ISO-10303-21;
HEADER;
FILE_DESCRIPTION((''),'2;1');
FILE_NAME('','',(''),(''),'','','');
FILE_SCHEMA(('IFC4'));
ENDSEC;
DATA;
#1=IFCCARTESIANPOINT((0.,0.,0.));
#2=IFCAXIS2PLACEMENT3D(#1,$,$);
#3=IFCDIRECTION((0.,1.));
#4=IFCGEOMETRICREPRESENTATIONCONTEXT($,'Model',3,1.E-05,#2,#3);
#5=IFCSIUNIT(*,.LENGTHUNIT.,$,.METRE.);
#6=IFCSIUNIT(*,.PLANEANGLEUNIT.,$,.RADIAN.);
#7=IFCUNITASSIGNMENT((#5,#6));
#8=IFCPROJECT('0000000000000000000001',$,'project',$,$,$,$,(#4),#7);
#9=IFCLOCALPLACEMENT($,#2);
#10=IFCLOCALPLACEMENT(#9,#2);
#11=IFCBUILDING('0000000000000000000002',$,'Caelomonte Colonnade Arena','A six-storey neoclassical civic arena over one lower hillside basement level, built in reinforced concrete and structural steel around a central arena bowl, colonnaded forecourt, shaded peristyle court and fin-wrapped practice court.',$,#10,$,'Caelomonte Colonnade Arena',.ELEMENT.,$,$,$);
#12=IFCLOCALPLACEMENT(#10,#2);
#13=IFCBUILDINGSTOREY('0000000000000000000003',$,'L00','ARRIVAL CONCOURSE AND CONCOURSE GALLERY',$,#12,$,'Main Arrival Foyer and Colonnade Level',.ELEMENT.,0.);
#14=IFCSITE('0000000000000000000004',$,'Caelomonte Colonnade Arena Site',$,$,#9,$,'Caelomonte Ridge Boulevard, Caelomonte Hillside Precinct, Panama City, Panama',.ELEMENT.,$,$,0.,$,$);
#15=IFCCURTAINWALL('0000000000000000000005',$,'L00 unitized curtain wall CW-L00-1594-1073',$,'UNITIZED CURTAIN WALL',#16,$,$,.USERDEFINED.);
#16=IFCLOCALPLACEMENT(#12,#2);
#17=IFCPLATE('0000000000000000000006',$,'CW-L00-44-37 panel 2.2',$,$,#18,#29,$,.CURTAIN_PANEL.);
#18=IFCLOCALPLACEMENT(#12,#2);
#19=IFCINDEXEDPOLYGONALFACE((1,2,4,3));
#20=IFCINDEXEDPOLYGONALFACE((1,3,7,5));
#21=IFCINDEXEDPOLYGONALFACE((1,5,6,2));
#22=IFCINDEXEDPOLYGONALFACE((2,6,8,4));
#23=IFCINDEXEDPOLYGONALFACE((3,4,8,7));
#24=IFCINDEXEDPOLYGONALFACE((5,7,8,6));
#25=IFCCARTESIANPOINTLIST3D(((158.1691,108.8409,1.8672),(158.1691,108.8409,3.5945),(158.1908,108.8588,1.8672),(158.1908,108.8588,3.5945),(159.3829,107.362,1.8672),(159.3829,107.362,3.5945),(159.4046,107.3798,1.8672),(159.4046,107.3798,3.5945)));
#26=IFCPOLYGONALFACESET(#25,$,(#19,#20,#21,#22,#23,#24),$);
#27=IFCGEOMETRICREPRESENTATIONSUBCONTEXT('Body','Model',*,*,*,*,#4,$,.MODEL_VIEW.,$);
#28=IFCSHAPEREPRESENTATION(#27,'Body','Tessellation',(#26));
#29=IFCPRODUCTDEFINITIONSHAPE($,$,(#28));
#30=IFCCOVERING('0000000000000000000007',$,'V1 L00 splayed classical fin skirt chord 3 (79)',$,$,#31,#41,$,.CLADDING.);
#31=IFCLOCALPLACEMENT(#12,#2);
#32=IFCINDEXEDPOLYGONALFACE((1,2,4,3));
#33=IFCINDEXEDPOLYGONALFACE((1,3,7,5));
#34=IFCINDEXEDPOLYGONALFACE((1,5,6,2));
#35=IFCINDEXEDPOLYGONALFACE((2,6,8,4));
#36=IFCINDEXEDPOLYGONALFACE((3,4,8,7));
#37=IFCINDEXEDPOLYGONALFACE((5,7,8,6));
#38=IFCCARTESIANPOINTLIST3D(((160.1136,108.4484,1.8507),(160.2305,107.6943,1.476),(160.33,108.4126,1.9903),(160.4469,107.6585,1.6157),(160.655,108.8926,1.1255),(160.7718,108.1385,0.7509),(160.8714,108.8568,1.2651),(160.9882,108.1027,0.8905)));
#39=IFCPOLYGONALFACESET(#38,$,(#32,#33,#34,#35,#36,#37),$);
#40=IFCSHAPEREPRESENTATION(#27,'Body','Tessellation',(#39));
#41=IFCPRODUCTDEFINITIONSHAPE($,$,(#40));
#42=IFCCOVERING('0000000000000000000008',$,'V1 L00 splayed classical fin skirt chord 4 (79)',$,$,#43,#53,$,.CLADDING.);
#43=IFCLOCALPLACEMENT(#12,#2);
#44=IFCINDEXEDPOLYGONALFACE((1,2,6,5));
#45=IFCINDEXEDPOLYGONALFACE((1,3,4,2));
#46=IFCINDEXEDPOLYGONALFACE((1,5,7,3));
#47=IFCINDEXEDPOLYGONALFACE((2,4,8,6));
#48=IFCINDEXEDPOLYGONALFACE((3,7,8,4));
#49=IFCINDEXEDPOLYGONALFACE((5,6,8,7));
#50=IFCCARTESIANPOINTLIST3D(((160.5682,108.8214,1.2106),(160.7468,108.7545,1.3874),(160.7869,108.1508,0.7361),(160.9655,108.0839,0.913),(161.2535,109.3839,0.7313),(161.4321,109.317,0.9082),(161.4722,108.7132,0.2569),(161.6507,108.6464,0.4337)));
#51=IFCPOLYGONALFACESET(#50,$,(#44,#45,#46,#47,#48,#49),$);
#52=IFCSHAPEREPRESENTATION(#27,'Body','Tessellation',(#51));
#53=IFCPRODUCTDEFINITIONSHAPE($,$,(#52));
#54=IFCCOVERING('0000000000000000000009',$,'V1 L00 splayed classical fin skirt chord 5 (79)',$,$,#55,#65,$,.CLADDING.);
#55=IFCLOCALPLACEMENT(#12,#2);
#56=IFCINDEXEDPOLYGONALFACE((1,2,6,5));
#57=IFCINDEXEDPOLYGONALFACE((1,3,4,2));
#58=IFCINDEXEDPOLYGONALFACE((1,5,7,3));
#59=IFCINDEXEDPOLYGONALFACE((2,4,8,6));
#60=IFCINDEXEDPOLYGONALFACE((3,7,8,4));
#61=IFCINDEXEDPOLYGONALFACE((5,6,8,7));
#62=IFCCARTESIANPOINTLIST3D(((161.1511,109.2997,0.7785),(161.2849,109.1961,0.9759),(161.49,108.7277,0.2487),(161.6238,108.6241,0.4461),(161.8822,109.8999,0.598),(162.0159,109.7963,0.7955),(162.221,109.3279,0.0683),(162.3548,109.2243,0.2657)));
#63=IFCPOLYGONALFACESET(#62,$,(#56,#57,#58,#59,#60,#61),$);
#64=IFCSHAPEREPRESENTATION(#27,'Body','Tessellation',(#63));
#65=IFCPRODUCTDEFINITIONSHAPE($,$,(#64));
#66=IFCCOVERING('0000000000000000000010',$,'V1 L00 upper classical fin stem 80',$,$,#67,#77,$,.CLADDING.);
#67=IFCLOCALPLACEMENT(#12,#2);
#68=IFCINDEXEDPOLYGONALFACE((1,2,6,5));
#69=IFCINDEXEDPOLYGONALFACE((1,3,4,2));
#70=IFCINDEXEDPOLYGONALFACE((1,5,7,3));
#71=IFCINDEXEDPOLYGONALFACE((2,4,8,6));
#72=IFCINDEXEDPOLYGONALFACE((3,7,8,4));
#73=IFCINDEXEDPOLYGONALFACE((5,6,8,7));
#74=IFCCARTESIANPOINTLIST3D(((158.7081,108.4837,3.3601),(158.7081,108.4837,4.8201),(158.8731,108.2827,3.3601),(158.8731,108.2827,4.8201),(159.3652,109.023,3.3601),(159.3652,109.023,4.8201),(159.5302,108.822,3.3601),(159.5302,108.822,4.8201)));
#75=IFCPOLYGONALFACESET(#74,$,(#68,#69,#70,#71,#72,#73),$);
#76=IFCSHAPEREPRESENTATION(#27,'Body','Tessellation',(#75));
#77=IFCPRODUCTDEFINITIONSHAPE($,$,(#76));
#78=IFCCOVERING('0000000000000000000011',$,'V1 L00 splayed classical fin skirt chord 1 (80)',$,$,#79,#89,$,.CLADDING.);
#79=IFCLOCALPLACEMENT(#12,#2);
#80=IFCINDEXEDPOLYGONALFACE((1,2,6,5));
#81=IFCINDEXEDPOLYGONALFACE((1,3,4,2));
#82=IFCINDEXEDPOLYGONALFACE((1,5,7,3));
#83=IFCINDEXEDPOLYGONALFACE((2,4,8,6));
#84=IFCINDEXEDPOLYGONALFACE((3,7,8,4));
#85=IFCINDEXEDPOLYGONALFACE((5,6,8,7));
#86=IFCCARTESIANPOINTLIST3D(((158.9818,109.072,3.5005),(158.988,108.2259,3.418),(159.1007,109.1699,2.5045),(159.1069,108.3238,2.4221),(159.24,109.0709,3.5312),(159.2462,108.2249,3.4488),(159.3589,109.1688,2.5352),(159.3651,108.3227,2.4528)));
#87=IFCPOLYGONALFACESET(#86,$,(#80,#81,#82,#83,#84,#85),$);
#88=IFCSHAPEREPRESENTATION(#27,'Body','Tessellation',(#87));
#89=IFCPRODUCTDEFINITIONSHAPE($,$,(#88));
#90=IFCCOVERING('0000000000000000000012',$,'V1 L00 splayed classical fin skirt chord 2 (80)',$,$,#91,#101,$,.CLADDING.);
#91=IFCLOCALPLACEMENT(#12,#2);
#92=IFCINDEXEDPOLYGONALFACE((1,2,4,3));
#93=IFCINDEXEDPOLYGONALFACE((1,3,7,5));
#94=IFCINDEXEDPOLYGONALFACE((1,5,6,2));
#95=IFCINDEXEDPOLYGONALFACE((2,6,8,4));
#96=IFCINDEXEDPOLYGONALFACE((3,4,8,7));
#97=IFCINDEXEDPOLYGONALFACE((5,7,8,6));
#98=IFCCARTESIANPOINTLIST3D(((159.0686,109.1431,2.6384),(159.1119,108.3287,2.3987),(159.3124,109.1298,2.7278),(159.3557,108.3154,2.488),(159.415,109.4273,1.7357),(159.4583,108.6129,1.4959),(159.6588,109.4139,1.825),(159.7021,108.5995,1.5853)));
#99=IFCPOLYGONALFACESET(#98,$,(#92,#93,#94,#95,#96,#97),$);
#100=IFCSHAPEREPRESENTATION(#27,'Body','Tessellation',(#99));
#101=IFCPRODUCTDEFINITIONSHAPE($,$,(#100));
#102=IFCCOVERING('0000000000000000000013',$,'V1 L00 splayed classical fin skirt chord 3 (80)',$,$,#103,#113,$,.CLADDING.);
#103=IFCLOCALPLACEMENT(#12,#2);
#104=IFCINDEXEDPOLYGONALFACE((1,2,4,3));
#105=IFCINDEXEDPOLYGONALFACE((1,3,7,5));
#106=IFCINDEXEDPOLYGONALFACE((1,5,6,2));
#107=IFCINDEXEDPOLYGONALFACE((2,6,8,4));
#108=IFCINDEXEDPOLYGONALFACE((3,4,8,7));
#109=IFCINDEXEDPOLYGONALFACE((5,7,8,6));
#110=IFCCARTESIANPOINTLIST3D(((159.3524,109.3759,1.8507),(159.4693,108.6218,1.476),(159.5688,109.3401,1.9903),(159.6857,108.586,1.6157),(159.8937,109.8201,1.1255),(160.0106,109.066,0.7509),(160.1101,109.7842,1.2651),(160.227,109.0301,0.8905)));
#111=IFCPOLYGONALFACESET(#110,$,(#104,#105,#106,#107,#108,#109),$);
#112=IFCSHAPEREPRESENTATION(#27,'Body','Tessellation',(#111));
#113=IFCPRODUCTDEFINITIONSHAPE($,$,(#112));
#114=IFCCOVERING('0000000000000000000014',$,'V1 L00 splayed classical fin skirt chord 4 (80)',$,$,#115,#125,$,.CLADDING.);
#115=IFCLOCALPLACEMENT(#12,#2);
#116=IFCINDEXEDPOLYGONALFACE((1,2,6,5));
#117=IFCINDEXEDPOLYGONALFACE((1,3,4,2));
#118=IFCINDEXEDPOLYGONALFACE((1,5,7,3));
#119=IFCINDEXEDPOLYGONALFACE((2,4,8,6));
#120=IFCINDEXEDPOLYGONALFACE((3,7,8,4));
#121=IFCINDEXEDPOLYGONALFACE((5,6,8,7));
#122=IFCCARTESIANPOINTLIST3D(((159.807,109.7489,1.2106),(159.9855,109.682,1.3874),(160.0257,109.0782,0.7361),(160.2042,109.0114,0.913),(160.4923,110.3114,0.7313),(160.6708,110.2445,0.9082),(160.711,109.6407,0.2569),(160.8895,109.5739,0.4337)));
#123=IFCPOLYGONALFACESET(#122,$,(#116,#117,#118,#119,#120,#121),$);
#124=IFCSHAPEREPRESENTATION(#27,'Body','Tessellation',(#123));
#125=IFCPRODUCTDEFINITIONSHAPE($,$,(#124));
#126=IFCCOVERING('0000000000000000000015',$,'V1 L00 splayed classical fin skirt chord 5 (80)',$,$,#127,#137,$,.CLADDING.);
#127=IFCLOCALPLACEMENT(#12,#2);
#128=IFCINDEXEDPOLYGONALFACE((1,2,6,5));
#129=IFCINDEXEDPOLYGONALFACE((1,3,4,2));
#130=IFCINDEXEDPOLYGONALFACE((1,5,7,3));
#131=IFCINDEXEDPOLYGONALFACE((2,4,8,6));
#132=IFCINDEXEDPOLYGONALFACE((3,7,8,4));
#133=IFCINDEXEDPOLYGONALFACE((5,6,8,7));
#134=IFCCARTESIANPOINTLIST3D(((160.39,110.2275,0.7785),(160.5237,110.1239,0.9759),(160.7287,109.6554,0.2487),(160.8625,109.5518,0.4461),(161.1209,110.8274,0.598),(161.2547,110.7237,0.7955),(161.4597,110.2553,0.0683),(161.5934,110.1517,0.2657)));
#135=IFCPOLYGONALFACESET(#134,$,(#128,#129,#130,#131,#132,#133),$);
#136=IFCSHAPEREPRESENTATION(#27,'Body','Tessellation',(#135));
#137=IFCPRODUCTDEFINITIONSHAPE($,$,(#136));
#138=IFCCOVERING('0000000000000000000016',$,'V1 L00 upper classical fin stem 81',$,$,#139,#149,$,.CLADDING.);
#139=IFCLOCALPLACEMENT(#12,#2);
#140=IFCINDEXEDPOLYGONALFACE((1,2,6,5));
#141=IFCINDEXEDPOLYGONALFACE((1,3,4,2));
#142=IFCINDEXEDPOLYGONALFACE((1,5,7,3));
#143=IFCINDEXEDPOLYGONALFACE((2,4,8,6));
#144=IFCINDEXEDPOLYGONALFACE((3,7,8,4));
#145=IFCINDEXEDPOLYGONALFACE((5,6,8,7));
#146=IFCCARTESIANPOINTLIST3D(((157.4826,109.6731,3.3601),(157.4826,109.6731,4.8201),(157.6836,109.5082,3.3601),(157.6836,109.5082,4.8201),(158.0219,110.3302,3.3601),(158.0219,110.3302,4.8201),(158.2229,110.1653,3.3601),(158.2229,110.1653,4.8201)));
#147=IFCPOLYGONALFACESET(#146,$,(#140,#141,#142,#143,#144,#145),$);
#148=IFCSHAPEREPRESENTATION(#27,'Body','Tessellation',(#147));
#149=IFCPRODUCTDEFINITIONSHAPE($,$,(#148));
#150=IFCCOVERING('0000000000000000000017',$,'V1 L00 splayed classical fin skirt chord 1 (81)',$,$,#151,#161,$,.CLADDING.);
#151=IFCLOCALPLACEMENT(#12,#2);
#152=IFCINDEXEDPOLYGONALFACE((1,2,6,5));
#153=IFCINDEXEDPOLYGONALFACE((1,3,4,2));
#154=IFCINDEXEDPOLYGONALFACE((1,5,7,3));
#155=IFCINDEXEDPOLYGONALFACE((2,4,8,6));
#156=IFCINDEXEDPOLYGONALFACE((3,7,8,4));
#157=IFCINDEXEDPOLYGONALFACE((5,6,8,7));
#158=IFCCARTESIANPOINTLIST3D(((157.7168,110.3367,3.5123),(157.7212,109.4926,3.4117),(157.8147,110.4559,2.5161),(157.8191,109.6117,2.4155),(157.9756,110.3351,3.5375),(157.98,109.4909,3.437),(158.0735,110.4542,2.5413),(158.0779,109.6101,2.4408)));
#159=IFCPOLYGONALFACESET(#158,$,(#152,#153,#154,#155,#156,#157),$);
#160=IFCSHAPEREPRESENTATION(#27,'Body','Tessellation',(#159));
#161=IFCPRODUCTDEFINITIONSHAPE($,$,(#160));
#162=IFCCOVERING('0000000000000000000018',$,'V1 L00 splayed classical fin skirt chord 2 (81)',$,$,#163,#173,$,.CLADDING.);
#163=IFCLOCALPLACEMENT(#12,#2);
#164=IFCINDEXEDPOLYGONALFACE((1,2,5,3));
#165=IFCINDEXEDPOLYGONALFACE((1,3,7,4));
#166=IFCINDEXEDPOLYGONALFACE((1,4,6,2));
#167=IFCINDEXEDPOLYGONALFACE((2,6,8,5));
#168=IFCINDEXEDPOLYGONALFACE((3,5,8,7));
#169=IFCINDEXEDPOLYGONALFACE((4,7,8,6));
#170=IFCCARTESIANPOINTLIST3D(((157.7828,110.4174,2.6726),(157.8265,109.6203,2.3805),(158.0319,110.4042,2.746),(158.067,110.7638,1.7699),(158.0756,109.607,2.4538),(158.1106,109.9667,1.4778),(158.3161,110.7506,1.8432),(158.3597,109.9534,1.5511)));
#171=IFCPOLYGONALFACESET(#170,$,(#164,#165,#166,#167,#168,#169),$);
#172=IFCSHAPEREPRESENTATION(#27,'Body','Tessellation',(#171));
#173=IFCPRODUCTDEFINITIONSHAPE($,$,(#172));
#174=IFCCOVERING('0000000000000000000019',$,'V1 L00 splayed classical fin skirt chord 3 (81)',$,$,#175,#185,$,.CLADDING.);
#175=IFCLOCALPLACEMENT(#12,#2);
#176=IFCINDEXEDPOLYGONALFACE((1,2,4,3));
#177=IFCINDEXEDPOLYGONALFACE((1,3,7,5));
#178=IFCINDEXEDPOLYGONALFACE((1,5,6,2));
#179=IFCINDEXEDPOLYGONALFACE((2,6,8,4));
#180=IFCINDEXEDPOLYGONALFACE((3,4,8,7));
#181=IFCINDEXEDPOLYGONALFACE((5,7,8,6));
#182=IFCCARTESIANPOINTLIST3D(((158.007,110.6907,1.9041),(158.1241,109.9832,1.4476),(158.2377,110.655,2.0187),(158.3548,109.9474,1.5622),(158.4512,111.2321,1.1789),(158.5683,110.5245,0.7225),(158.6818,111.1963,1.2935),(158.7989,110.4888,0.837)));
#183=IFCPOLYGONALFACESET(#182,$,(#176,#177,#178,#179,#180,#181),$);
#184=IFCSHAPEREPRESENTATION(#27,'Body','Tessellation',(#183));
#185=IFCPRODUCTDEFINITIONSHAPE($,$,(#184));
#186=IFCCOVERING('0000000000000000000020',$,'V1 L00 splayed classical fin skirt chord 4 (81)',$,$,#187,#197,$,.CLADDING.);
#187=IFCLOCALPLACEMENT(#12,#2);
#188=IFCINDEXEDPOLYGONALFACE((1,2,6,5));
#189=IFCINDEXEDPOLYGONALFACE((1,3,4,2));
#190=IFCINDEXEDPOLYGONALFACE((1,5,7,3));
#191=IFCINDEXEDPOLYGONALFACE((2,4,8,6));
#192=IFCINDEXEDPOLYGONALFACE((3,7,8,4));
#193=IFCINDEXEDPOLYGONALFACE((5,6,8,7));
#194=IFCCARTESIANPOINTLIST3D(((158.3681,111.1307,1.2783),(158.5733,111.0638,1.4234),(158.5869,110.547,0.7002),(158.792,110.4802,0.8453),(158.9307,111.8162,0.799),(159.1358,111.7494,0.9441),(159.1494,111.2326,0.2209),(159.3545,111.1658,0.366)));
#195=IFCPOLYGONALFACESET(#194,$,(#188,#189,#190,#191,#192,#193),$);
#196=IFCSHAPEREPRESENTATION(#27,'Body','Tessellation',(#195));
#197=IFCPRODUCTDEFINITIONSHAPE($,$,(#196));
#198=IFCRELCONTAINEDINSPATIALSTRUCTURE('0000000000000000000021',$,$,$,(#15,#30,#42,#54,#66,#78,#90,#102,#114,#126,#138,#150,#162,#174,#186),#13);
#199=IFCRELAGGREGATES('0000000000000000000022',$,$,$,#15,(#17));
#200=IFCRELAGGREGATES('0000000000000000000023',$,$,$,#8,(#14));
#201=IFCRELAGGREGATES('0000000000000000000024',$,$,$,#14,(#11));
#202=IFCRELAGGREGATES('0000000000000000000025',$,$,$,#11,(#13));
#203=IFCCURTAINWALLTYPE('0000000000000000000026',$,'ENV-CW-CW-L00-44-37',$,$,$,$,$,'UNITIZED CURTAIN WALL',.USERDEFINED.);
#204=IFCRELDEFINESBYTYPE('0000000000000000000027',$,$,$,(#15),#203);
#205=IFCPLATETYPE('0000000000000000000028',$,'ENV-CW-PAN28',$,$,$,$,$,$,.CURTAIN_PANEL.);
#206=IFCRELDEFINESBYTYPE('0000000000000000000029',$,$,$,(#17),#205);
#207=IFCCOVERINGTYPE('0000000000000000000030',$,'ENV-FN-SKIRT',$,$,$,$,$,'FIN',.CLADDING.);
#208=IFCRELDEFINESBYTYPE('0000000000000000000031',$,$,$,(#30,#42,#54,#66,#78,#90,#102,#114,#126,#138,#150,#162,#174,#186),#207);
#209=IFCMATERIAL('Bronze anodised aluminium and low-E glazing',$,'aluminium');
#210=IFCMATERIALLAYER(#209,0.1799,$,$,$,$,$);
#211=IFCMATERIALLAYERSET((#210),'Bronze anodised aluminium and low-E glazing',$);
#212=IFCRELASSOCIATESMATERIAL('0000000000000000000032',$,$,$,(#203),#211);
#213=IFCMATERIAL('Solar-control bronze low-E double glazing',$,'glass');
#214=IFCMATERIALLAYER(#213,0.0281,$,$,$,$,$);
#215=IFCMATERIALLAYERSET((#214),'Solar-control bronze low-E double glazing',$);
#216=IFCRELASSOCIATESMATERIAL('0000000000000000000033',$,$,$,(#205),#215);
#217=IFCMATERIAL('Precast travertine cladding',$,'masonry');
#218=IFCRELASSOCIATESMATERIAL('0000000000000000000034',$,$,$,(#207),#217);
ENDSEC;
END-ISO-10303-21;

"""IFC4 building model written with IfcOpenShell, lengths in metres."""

from ifc_helpers import new_model, si_unit, direction, frame, origin, origin_2d, place, context, subcontext, project, spatial, rectangle, extrude, material, layer, layer_set, material_profile, profile_set, type_object, element, aggregate, save


model = new_model("IFC4")

# Units and contexts
model_context = context("Model", 3, precision=1e-05, world=origin(), true_north=direction((0.0, 1.0)))
body_context = subcontext(model_context, "Body", "Model", "MODEL_VIEW")
ifc_project = project(units=[si_unit("LENGTHUNIT", "METRE"), si_unit("PLANEANGLEUNIT", "RADIAN")], contexts=[model_context])

# Site, building, storey
site_placement = place(None, origin())
site = spatial("IfcSite", under=ifc_project, at=site_placement, Name="Caelomonte Colonnade Arena Site", LongName="Caelomonte Ridge Boulevard, Caelomonte Hillside Precinct, Panama City, Panama", CompositionType="ELEMENT", RefElevation=0.0)
building_placement = place(site_placement, origin())
building = spatial("IfcBuilding", under=site, at=building_placement, Name="Caelomonte Colonnade Arena", Description="A six-storey neoclassical civic arena over one lower hillside basement level, built in reinforced concrete and structural steel around a central arena bowl, colonnaded forecourt, shaded peristyle court and fin-wrapped practice court.", LongName="Caelomonte Colonnade Arena", CompositionType="ELEMENT")
storey_placement = place(building_placement, origin())
storey = spatial("IfcBuildingStorey", under=building, at=storey_placement, Name="L00", Description="ARRIVAL CONCOURSE AND CONCOURSE GALLERY", LongName="Main Arrival Foyer and Colonnade Level", CompositionType="ELEMENT", Elevation=0.0)

# Curtain wall
ifc_material_1 = material(Name="Bronze anodised aluminium and low-E glazing", Category="aluminium")
ifc_layer_1 = layer(ifc_material_1, 0.1799)
ifc_layer_set_1 = layer_set([ifc_layer_1], Name="Bronze anodised aluminium and low-E glazing")
curtain_wall_type_1 = type_object("IfcCurtainWallType", Name="ENV-CW-CW-L00-44-37", ElementType="UNITIZED CURTAIN WALL", PredefinedType="USERDEFINED", material=ifc_layer_set_1)
curtain_wall_1_placement = place(storey_placement, origin())
curtain_wall_1 = element("IfcCurtainWall", 1, at=curtain_wall_1_placement, inside=storey, type_object=curtain_wall_type_1, Name="L00 unitized curtain wall CW-L00-1594-1073", ObjectType="UNITIZED CURTAIN WALL", PredefinedType="USERDEFINED")

# Plate
ifc_material_2 = material(Name="Solar-control bronze low-E double glazing", Category="glass")
ifc_layer_2 = layer(ifc_material_2, 0.0281)
ifc_layer_set_2 = layer_set([ifc_layer_2], Name="Solar-control bronze low-E double glazing")
plate_type = type_object("IfcPlateType", Name="ENV-CW-PAN28", PredefinedType="CURTAIN_PANEL", material=ifc_layer_set_2)
plate_1_placement = place(storey_placement, frame((158.7869, 108.1104, 1.8672), z_axis=(0.0, 0.0, 1.0), x_axis=(-0.634416, 0.772992, 0.0)))
plate_1 = element("IfcPlate", 2, at=plate_1_placement, type_object=plate_type, Name="CW-L00-44-37 panel 2.2", PredefinedType="CURTAIN_PANEL", context=body_context, shape_type="SweptSolid", body=[
    extrude(rectangle(XDim=1.9133, YDim=0.0281, at=origin_2d()), origin(), (0.0, 0.0, 1.0), 1.7273),
])
aggregate(curtain_wall_1, [plate_1])

# Coverings
ifc_material_3 = material(Name="Precast travertine cladding", Category="masonry")
ifc_material_profile_1 = material_profile(ifc_material_3, rectangle(XDim=0.26, YDim=0.8501, at=origin_2d()), Name="FIN260X850")
ifc_profile_set_1 = profile_set([ifc_material_profile_1], Name="Precast travertine cladding")
covering_type = type_object("IfcCoveringType", Name="ENV-FN-SKIRT", ElementType="FIN", PredefinedType="CLADDING", material=ifc_profile_set_1)
covering_1_placement = place(storey_placement, frame((160.2803, 108.0535, 1.7332), z_axis=(0.536995, 0.440593, -0.719385), x_axis=(-0.832307, 0.137735, -0.536931)))
element("IfcCovering", 3, at=covering_1_placement, inside=storey, type_object=covering_type, Name="V1 L00 splayed classical fin skirt chord 3 (79)", PredefinedType="CLADDING", context=body_context, shape_type="SweptSolid", body=[
    extrude(rectangle(XDim=0.26, YDim=0.8501, at=origin_2d()), origin(), (0.0, 0.0, 1.0), 1.0081),
])
covering_2_placement = place(storey_placement, frame((160.7668, 108.4526, 1.0618), z_axis=(0.679977, 0.558129, -0.475524), x_axis=(-0.686628, 0.257168, -0.680005)))
element("IfcCovering", 4, at=covering_2_placement, inside=storey, type_object=covering_type, Name="V1 L00 splayed classical fin skirt chord 4 (79)", PredefinedType="CLADDING", context=body_context, shape_type="SweptSolid", body=[
    extrude(rectangle(XDim=0.26, YDim=0.8501, at=origin_2d()), origin(), (0.0, 0.0, 1.0), 1.0078),
])
covering_3_placement = place(storey_placement, frame((161.3875, 108.9619, 0.6123), z_axis=(0.759206, 0.62329, -0.187393), x_axis=(-0.514511, 0.398423, -0.7593)))
element("IfcCovering", 5, at=covering_3_placement, inside=storey, type_object=covering_type, Name="V1 L00 splayed classical fin skirt chord 5 (79)", PredefinedType="CLADDING", context=body_context, shape_type="SweptSolid", body=[
    extrude(rectangle(XDim=0.26, YDim=0.8501, at=origin_2d()), origin(), (0.0, 0.0, 1.0), 0.9629),
])
covering_4_placement = place(storey_placement, frame((159.1191, 108.6528, 3.3601), z_axis=(0.0, 0.0, 1.0), x_axis=(0.634414, -0.772994, 0.0)))
element("IfcCovering", 6, at=covering_4_placement, inside=storey, type_object=covering_type, Name="V1 L00 upper classical fin stem 80", PredefinedType="CLADDING", context=body_context, shape_type="SweptSolid", body=[
    extrude(rectangle(XDim=0.26, YDim=0.8501, at=origin_2d()), origin(), (0.0, 0.0, 1.0), 1.46),
])
for number, where, z_axis, x_axis, name in (
    (7, (159.114, 108.6484, 3.4746), (0.117961, 0.09713, -0.988257), (-0.992991, 0.004167, -0.118117), "V1 L00 splayed classical fin skirt chord 1 (80)"),
    (8, (159.2122, 108.7292, 2.5632), (0.343717, 0.28195, -0.895747), (-0.937694, 0.051364, -0.343645), "V1 L00 splayed classical fin skirt chord 2 (80)"),
):
    element("IfcCovering", number, at=place(storey_placement, frame(where, z_axis=z_axis, x_axis=x_axis)), inside=storey, type_object=covering_type, Name=name, PredefinedType="CLADDING", context=body_context, shape_type="SweptSolid", body=[
        extrude(rectangle(XDim=0.26, YDim=0.8501, at=origin_2d()), origin(), (0.0, 0.0, 1.0), 1.0078),
    ])
covering_5_placement = place(storey_placement, frame((159.519, 108.981, 1.7332), z_axis=(0.536995, 0.440593, -0.719385), x_axis=(-0.832307, 0.137735, -0.536931)))
element("IfcCovering", 9, at=covering_5_placement, inside=storey, type_object=covering_type, Name="V1 L00 splayed classical fin skirt chord 3 (80)", PredefinedType="CLADDING", context=body_context, shape_type="SweptSolid", body=[
    extrude(rectangle(XDim=0.26, YDim=0.8501, at=origin_2d()), origin(), (0.0, 0.0, 1.0), 1.0081),
])
covering_6_placement = place(storey_placement, frame((160.0056, 109.3801, 1.0618), z_axis=(0.679977, 0.558129, -0.475524), x_axis=(-0.686628, 0.257168, -0.680005)))
element("IfcCovering", 10, at=covering_6_placement, inside=storey, type_object=covering_type, Name="V1 L00 splayed classical fin skirt chord 4 (80)", PredefinedType="CLADDING", context=body_context, shape_type="SweptSolid", body=[
    extrude(rectangle(XDim=0.26, YDim=0.8501, at=origin_2d()), origin(), (0.0, 0.0, 1.0), 1.0078),
])
covering_7_placement = place(storey_placement, frame((160.6262, 109.8896, 0.6123), z_axis=(0.759326, 0.623134, -0.187422), x_axis=(-0.51445, 0.398511, -0.759296)))
element("IfcCovering", 11, at=covering_7_placement, inside=storey, type_object=covering_type, Name="V1 L00 splayed classical fin skirt chord 5 (80)", PredefinedType="CLADDING", context=body_context, shape_type="SweptSolid", body=[
    extrude(rectangle(XDim=0.26, YDim=0.8501, at=origin_2d()), origin(), (0.0, 0.0, 1.0), 0.9626),
])
covering_8_placement = place(storey_placement, frame((157.8528, 109.9192, 3.3601), z_axis=(0.0, 0.0, 1.0), x_axis=(0.772994, -0.634414, 0.0)))
element("IfcCovering", 12, at=covering_8_placement, inside=storey, type_object=covering_type, Name="V1 L00 upper classical fin stem 81", PredefinedType="CLADDING", context=body_context, shape_type="SweptSolid", body=[
    extrude(rectangle(XDim=0.26, YDim=0.8501, at=origin_2d()), origin(), (0.0, 0.0, 1.0), 1.46),
])
covering_9_placement = place(storey_placement, frame((157.8484, 109.9138, 3.4746), z_axis=(0.097127, 0.1182, -0.988228), x_axis=(-0.995258, 0.006366, -0.097057)))
element("IfcCovering", 13, at=covering_9_placement, inside=storey, type_object=covering_type, Name="V1 L00 splayed classical fin skirt chord 1 (81)", PredefinedType="CLADDING", context=body_context, shape_type="SweptSolid", body=[
    extrude(rectangle(XDim=0.26, YDim=0.8501, at=origin_2d()), origin(), (0.0, 0.0, 1.0), 1.0081),
])
covering_10_placement = place(storey_placement, frame((157.9292, 110.0122, 2.5632), z_axis=(0.28195, 0.343717, -0.895747), x_axis=(-0.958053, 0.050881, -0.282037)))
element("IfcCovering", 14, at=covering_10_placement, inside=storey, type_object=covering_type, Name="V1 L00 splayed classical fin skirt chord 2 (81)", PredefinedType="CLADDING", context=body_context, shape_type="SweptSolid", body=[
    extrude(rectangle(XDim=0.26, YDim=0.8501, at=origin_2d()), origin(), (0.0, 0.0, 1.0), 1.0078),
])
for number, where, z_axis, x_axis, name in (
    (15, (158.1809, 110.3191, 1.7332), (0.440593, 0.536995, -0.719385), (-0.887078, 0.137484, -0.440671), "V1 L00 splayed classical fin skirt chord 3 (81)"),
    (16, (158.5801, 110.8054, 1.0618), (0.558037, 0.680108, -0.475446), (-0.788909, 0.257141, -0.558122), "V1 L00 splayed classical fin skirt chord 4 (81)"),
):
    element("IfcCovering", number, at=place(storey_placement, frame(where, z_axis=z_axis, x_axis=x_axis)), inside=storey, type_object=covering_type, Name=name, PredefinedType="CLADDING", context=body_context, shape_type="SweptSolid", body=[
        extrude(rectangle(XDim=0.26, YDim=0.8501, at=origin_2d()), origin(), (0.0, 0.0, 1.0), 1.0081),
    ])

save(model, "model.ifc")
